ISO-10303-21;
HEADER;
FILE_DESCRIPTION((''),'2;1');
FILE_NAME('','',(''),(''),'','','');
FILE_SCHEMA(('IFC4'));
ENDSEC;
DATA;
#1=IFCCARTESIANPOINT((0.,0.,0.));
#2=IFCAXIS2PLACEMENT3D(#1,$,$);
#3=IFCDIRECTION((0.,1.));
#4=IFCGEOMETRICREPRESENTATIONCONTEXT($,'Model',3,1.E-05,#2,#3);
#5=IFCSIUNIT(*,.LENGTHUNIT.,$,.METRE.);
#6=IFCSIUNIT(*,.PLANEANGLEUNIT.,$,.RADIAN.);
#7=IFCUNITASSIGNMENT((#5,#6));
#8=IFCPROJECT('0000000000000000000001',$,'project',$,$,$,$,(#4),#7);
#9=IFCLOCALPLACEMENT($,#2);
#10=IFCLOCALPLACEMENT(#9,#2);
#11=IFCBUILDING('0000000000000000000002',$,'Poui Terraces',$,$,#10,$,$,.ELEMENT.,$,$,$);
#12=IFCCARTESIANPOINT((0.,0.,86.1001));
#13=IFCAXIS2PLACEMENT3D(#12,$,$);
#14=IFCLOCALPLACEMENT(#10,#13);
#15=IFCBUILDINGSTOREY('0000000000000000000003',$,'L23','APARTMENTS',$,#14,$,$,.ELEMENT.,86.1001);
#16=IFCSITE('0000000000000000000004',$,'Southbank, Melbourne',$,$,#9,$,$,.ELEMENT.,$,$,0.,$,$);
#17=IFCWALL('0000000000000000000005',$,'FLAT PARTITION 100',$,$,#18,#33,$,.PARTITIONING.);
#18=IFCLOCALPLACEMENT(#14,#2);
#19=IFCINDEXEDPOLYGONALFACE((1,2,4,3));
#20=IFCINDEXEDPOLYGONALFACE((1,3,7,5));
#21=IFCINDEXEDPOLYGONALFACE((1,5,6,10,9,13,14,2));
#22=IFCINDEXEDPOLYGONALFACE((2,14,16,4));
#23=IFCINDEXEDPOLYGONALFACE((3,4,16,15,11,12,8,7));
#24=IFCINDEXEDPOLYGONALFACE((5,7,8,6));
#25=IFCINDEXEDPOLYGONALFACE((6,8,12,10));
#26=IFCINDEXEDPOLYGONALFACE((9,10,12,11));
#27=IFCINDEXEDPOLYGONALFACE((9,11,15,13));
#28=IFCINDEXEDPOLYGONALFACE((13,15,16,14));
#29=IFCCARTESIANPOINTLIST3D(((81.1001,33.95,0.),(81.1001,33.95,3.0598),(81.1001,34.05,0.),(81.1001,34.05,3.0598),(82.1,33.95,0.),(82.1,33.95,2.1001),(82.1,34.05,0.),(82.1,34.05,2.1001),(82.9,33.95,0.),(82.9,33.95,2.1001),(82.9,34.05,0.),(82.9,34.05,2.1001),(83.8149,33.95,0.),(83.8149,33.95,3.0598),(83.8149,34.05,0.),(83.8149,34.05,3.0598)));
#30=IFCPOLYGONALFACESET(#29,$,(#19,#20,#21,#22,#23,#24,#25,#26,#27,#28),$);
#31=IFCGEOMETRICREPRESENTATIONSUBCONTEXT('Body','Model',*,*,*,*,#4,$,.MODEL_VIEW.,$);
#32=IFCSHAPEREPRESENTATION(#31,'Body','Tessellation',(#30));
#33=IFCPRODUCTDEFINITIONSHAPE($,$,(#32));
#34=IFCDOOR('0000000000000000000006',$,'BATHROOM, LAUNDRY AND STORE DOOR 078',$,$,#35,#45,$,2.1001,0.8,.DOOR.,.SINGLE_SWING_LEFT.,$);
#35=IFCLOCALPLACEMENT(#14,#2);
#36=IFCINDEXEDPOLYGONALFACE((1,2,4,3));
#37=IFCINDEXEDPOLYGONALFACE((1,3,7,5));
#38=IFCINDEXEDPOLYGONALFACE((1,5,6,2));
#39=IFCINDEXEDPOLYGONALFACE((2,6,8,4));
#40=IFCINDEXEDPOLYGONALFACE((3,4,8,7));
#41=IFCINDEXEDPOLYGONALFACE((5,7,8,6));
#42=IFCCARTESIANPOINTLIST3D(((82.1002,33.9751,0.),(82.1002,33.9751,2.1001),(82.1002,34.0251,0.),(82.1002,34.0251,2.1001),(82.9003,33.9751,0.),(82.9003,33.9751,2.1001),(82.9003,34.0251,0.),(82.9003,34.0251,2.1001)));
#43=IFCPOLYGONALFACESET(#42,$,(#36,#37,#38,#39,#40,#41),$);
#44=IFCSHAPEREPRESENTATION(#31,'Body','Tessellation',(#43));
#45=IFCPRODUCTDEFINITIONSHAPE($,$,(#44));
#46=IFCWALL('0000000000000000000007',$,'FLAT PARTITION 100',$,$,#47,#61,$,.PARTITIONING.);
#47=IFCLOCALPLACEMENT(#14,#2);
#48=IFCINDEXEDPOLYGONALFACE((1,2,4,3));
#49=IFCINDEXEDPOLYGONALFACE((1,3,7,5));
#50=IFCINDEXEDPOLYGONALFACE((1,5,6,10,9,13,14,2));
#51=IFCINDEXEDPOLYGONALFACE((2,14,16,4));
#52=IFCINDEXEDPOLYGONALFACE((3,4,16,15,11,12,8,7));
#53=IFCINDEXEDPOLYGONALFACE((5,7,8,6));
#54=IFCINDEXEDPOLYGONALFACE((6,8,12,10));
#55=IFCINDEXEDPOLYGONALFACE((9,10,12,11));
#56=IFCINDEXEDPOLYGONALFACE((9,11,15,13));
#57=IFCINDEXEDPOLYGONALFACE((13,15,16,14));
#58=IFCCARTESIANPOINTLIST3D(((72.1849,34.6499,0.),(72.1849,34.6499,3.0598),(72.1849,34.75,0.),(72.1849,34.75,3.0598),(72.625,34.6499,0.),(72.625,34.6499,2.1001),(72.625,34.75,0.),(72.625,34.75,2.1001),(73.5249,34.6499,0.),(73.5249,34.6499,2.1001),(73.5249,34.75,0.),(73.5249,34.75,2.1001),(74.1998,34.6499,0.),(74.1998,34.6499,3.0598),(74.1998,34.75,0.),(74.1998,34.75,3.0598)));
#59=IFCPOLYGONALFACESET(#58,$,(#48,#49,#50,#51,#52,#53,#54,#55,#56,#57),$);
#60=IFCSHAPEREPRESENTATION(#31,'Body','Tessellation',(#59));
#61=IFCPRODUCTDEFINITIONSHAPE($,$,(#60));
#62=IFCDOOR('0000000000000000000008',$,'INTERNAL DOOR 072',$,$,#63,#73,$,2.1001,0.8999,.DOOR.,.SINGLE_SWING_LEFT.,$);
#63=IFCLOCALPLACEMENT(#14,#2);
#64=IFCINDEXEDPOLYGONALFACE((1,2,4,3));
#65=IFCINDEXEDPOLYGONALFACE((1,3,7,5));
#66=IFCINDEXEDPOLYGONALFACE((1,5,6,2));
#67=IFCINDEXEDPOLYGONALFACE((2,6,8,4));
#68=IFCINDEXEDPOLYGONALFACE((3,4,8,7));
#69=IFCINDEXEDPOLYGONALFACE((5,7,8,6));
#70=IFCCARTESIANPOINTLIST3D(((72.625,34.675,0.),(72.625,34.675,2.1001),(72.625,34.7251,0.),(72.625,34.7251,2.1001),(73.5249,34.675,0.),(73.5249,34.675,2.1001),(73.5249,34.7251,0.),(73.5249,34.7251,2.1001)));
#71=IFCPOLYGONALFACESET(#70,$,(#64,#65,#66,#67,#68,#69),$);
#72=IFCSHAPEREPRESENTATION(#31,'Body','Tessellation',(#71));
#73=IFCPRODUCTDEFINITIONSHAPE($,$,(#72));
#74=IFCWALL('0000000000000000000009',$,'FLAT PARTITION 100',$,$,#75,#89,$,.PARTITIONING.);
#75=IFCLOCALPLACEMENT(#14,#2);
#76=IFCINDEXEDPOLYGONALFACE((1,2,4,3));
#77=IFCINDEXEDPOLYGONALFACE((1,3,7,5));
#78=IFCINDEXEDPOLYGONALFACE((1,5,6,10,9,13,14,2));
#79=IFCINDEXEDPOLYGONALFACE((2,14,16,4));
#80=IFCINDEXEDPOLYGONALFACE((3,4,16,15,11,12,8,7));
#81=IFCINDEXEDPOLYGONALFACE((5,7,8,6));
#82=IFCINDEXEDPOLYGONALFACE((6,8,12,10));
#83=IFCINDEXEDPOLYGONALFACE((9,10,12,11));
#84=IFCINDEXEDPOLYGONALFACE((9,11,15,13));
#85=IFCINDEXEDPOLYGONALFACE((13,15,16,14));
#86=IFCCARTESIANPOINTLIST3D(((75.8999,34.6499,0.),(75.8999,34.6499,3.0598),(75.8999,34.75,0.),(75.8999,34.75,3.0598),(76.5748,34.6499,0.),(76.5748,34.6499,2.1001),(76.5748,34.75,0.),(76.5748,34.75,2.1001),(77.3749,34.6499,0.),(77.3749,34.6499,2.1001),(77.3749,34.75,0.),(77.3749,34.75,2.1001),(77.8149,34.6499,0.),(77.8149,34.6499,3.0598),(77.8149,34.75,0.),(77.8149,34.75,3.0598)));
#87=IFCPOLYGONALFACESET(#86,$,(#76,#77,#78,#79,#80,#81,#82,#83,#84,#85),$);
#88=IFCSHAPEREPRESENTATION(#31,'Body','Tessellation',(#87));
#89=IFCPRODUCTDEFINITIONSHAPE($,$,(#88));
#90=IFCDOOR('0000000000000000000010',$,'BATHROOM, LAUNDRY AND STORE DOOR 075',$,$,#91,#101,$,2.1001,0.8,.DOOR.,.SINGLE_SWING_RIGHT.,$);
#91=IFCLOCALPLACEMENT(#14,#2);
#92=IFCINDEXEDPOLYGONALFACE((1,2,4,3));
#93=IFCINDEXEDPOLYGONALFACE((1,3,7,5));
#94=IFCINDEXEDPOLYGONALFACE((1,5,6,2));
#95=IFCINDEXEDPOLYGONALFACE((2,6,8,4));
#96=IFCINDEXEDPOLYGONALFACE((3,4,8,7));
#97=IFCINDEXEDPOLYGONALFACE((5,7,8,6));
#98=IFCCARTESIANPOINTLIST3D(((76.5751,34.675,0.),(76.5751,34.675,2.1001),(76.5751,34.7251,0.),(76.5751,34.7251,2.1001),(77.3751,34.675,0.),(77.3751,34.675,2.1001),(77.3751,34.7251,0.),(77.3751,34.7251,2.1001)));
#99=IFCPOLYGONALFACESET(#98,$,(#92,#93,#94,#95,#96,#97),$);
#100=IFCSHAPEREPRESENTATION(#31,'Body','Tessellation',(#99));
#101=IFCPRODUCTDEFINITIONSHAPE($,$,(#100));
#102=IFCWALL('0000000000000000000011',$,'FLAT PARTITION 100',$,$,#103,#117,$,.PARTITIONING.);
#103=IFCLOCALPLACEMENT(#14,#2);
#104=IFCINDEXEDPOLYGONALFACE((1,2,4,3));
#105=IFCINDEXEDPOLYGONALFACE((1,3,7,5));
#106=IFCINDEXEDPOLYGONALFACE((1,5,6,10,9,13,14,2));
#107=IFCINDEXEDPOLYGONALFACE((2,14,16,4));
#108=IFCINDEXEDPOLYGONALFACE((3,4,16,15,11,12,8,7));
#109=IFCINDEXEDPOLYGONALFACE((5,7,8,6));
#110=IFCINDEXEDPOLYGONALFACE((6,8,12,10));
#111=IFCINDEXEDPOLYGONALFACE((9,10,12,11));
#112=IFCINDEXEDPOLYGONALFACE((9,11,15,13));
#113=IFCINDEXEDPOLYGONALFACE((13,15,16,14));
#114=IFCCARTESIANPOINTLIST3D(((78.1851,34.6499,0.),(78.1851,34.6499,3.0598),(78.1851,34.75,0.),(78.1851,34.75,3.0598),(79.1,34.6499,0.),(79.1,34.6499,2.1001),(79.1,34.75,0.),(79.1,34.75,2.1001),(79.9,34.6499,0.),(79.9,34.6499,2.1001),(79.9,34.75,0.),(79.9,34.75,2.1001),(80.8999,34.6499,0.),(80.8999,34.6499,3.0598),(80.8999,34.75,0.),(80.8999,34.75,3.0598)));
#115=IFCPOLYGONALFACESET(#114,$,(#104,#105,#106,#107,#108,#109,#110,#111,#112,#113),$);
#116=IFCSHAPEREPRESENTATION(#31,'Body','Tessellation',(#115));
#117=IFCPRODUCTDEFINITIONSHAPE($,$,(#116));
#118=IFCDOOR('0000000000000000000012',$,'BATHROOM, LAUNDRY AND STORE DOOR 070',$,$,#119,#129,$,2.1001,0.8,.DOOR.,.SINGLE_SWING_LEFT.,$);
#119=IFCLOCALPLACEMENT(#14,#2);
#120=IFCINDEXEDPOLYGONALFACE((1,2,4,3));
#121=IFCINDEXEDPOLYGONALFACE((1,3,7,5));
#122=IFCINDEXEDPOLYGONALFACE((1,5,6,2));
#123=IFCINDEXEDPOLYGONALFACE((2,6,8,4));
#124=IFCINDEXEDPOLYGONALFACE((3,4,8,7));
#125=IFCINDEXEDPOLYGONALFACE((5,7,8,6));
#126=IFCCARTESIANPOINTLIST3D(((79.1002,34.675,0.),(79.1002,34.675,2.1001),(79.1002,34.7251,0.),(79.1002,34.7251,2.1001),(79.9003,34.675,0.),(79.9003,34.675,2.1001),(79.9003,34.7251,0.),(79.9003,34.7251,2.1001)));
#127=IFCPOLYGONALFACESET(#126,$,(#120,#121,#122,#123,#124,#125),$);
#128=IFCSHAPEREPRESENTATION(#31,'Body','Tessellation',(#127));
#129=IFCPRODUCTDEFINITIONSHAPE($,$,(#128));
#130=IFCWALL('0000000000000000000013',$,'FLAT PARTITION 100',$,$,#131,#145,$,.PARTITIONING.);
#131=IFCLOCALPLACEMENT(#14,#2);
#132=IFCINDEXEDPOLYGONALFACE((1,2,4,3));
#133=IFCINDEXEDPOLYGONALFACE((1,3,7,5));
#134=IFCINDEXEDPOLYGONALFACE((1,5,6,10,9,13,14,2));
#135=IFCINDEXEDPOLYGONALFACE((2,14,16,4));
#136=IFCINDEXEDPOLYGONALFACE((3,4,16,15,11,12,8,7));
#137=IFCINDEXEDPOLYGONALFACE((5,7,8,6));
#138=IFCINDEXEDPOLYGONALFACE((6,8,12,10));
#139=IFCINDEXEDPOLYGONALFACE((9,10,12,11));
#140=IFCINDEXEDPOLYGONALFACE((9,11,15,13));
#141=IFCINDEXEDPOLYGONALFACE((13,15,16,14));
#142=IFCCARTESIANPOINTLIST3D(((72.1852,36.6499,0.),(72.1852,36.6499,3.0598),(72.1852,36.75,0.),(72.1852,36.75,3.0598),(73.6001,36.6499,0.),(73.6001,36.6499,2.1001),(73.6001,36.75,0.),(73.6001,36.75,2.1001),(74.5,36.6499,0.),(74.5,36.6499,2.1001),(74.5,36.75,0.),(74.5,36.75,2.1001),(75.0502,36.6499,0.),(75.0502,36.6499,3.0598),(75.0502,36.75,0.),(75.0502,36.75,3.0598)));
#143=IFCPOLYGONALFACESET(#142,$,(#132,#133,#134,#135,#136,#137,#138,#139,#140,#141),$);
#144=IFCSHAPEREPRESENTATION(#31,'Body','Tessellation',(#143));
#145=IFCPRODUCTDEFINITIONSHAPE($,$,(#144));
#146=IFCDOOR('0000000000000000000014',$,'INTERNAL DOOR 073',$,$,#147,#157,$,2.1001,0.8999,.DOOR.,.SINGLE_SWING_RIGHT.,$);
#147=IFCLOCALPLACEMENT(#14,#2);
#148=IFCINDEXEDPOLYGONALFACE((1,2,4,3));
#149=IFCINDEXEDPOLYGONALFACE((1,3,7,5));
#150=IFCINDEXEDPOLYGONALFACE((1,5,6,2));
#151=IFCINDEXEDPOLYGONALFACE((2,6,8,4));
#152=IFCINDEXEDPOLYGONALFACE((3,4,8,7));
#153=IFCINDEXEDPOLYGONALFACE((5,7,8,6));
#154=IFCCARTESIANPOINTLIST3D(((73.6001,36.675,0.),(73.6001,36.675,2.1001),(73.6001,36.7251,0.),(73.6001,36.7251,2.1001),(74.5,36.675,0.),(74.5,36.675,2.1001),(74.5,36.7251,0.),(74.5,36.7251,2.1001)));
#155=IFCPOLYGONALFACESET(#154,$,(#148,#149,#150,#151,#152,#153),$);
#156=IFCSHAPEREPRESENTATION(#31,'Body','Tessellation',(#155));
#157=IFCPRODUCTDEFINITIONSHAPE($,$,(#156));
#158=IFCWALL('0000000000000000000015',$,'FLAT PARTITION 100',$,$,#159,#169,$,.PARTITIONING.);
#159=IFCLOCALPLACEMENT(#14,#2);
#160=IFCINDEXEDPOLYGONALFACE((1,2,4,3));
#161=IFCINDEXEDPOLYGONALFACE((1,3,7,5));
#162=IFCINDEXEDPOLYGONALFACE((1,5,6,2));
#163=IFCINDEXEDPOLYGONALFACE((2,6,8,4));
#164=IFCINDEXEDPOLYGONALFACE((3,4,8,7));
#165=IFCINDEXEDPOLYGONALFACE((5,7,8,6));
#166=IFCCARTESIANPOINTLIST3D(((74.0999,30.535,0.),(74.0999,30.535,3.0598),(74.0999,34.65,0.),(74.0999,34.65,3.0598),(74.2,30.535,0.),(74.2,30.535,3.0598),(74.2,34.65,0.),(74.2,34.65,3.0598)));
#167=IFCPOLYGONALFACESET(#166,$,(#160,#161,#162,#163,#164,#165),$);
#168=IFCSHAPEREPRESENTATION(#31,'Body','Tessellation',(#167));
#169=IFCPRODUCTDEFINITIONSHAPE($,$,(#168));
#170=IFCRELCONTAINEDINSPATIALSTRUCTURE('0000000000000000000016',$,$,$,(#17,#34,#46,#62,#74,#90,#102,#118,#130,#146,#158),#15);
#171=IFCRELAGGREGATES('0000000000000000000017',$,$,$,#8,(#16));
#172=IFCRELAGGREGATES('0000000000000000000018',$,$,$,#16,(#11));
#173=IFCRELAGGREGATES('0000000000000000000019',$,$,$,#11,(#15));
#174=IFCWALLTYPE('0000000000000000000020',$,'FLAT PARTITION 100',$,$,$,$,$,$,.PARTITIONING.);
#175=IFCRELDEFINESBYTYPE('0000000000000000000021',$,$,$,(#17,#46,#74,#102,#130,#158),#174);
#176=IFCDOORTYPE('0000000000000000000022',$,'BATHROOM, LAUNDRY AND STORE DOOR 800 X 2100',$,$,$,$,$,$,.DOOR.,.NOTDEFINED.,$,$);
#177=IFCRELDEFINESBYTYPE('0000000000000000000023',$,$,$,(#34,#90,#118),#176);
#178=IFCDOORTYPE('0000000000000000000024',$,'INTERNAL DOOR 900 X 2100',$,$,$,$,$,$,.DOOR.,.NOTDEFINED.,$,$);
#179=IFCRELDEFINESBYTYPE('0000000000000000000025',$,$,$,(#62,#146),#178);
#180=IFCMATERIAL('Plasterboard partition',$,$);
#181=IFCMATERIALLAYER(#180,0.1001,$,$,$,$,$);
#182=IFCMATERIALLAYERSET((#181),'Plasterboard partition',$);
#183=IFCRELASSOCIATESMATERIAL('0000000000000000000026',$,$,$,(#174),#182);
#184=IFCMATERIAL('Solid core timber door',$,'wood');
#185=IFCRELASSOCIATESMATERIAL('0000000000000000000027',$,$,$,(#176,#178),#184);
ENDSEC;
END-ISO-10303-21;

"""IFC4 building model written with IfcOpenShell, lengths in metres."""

from ifc_helpers import new_model, si_unit, direction, frame, frame_2d, origin, place, context, subcontext, project, spatial, rectangle, extrude, material, layer, layer_set, type_object, element, fill, save


model = new_model("IFC4")

# Units and contexts
model_context = context("Model", 3, precision=1e-05, world=origin(), true_north=direction((0.0, 1.0)))
body_context = subcontext(model_context, "Body", "Model", "MODEL_VIEW")
ifc_project = project(units=[si_unit("LENGTHUNIT", "METRE"), si_unit("PLANEANGLEUNIT", "RADIAN")], contexts=[model_context])

# Site, building, storey
site_placement = place(None, origin())
site = spatial("IfcSite", under=ifc_project, at=site_placement, Name="Southbank, Melbourne", CompositionType="ELEMENT", RefElevation=0.0)
building_placement = place(site_placement, origin())
building = spatial("IfcBuilding", under=site, at=building_placement, Name="Poui Terraces", CompositionType="ELEMENT")
storey_placement = place(building_placement, frame((0.0, 0.0, 86.1001)))
storey = spatial("IfcBuildingStorey", under=building, at=storey_placement, Name="L23", Description="APARTMENTS", CompositionType="ELEMENT", Elevation=86.1001)

# Walls, openings, doors
ifc_material_1 = material(Name="Plasterboard partition")
ifc_layer_1 = layer(ifc_material_1, 0.1001)
ifc_layer_set_1 = layer_set([ifc_layer_1], Name="Plasterboard partition")
wall_type_1 = type_object("IfcWallType", Name="FLAT PARTITION 100", PredefinedType="PARTITIONING", material=ifc_layer_set_1)
wall_1_placement = place(storey_placement, frame((81.1001, 34.0, 0.0), z_axis=(0.0, 0.0, 1.0), x_axis=(1.0, 0.0, 0.0)))
wall_1 = element("IfcWall", 1, at=wall_1_placement, inside=storey, type_object=wall_type_1, Name="FLAT PARTITION 100", PredefinedType="PARTITIONING", context=body_context, shape_type="SweptSolid", body=[
    extrude(rectangle(XDim=2.7148, YDim=0.1001, at=frame_2d((1.3574, 0.0))), origin(), (0.0, 0.0, 1.0), 3.0598),
])
opening_1_placement = place(wall_1_placement, frame((1.0, 0.0, 0.0)))
opening_1 = element("IfcOpeningElement", 2, at=opening_1_placement, cuts=wall_1, PredefinedType="OPENING", context=body_context, shape_type="SweptSolid", body=[
    extrude(rectangle(XDim=0.8, YDim=2.1001, at=frame_2d((0.3999, 1.05))), frame((0.0, 0.0601, 0.0), z_axis=(0.0, -1.0, 0.0), x_axis=(1.0, 0.0, 0.0)), (0.0, 0.0, 1.0), 0.1201),
])
ifc_material_2 = material(Name="Solid core timber door", Category="wood")
door_type_1 = type_object("IfcDoorType", Name="BATHROOM, LAUNDRY AND STORE DOOR 800 X 2100", OperationType="NOTDEFINED", PredefinedType="DOOR", material=ifc_material_2)
door_1_placement = place(opening_1_placement, frame((0.8, 0.0, 0.0), z_axis=(0.0, 0.0, 1.0), x_axis=(-1.0, 0.0, 0.0)))
door_1 = element("IfcDoor", 3, at=door_1_placement, inside=storey, type_object=door_type_1, Name="BATHROOM, LAUNDRY AND STORE DOOR 078", OperationType="SINGLE_SWING_LEFT", OverallHeight=2.1001, OverallWidth=0.8, PredefinedType="DOOR", context=body_context, shape_type="SweptSolid", body=[
    extrude(rectangle(XDim=0.8, YDim=2.1001, at=frame_2d((0.3999, 1.05))), frame((0.0, 0.0249, 0.0), z_axis=(0.0, -1.0, 0.0), x_axis=(1.0, 0.0, 0.0)), (0.0, 0.0, 1.0), 0.05),
])
fill(opening_1, door_1)
wall_2_placement = place(storey_placement, frame((72.1851, 34.7, 0.0), z_axis=(0.0, 0.0, 1.0), x_axis=(1.0, 0.0, 0.0)))
wall_2 = element("IfcWall", 4, at=wall_2_placement, inside=storey, type_object=wall_type_1, Name="FLAT PARTITION 100", PredefinedType="PARTITIONING", context=body_context, shape_type="SweptSolid", body=[
    extrude(rectangle(XDim=2.0149, YDim=0.1001, at=frame_2d((1.0073, 0.0))), origin(), (0.0, 0.0, 1.0), 3.0598),
])
opening_2_placement = place(wall_2_placement, frame((0.4399, 0.0, 0.0)))
opening_2 = element("IfcOpeningElement", 5, at=opening_2_placement, cuts=wall_2, PredefinedType="OPENING", context=body_context, shape_type="SweptSolid", body=[
    extrude(rectangle(XDim=0.8999, YDim=2.1001, at=frame_2d((0.45, 1.05))), frame((0.0, 0.0601, 0.0), z_axis=(0.0, -1.0, 0.0), x_axis=(1.0, 0.0, 0.0)), (0.0, 0.0, 1.0), 0.1201),
])
door_type_2 = type_object("IfcDoorType", Name="INTERNAL DOOR 900 X 2100", OperationType="NOTDEFINED", PredefinedType="DOOR", material=ifc_material_2)
door_2_placement = place(opening_2_placement, frame((0.8999, 0.0, 0.0), z_axis=(0.0, 0.0, 1.0), x_axis=(-1.0, 0.0, 0.0)))
door_2 = element("IfcDoor", 6, at=door_2_placement, inside=storey, type_object=door_type_2, Name="INTERNAL DOOR 072", OperationType="SINGLE_SWING_LEFT", OverallHeight=2.1001, OverallWidth=0.8999, PredefinedType="DOOR", context=body_context, shape_type="SweptSolid", body=[
    extrude(rectangle(XDim=0.8999, YDim=2.1001, at=frame_2d((0.45, 1.05))), frame((0.0, 0.0249, 0.0), z_axis=(0.0, -1.0, 0.0), x_axis=(1.0, 0.0, 0.0)), (0.0, 0.0, 1.0), 0.05),
])
fill(opening_2, door_2)
wall_3_placement = place(storey_placement, frame((75.8999, 34.7, 0.0), z_axis=(0.0, 0.0, 1.0), x_axis=(1.0, 0.0, 0.0)))
wall_3 = element("IfcWall", 7, at=wall_3_placement, inside=storey, type_object=wall_type_1, Name="FLAT PARTITION 100", PredefinedType="PARTITIONING", context=body_context, shape_type="SweptSolid", body=[
    extrude(rectangle(XDim=1.915, YDim=0.1001, at=frame_2d((0.9575, 0.0))), origin(), (0.0, 0.0, 1.0), 3.0598),
])
opening_3_placement = place(wall_3_placement, frame((0.675, 0.0, 0.0)))
opening_3 = element("IfcOpeningElement", 8, at=opening_3_placement, cuts=wall_3, PredefinedType="OPENING", context=body_context, shape_type="SweptSolid", body=[
    extrude(rectangle(XDim=0.8, YDim=2.1001, at=frame_2d((0.3999, 1.05))), frame((0.0, 0.0601, 0.0), z_axis=(0.0, -1.0, 0.0), x_axis=(1.0, 0.0, 0.0)), (0.0, 0.0, 1.0), 0.1201),
])
door_3_placement = place(opening_3_placement, frame((0.8, 0.0, 0.0), z_axis=(0.0, 0.0, 1.0), x_axis=(-1.0, 0.0, 0.0)))
door_3 = element("IfcDoor", 9, at=door_3_placement, inside=storey, type_object=door_type_1, Name="BATHROOM, LAUNDRY AND STORE DOOR 075", OperationType="SINGLE_SWING_RIGHT", OverallHeight=2.1001, OverallWidth=0.8, PredefinedType="DOOR", context=body_context, shape_type="SweptSolid", body=[
    extrude(rectangle(XDim=0.8, YDim=2.1001, at=frame_2d((0.3999, 1.05))), frame((0.0, 0.0249, 0.0), z_axis=(0.0, -1.0, 0.0), x_axis=(1.0, 0.0, 0.0)), (0.0, 0.0, 1.0), 0.05),
])
fill(opening_3, door_3)
wall_4_placement = place(storey_placement, frame((78.1851, 34.7, 0.0), z_axis=(0.0, 0.0, 1.0), x_axis=(1.0, 0.0, 0.0)))
wall_4 = element("IfcWall", 10, at=wall_4_placement, inside=storey, type_object=wall_type_1, Name="FLAT PARTITION 100", PredefinedType="PARTITIONING", context=body_context, shape_type="SweptSolid", body=[
    extrude(rectangle(XDim=2.7148, YDim=0.1001, at=frame_2d((1.3574, 0.0))), origin(), (0.0, 0.0, 1.0), 3.0598),
])
opening_4_placement = place(wall_4_placement, frame((0.915, 0.0, 0.0)))
opening_4 = element("IfcOpeningElement", 11, at=opening_4_placement, cuts=wall_4, PredefinedType="OPENING", context=body_context, shape_type="SweptSolid", body=[
    extrude(rectangle(XDim=0.8, YDim=2.1001, at=frame_2d((0.3999, 1.05))), frame((0.0, 0.0601, 0.0), z_axis=(0.0, -1.0, 0.0), x_axis=(1.0, 0.0, 0.0)), (0.0, 0.0, 1.0), 0.1201),
])
door_4_placement = place(opening_4_placement, frame((0.8, 0.0, 0.0), z_axis=(0.0, 0.0, 1.0), x_axis=(-1.0, 0.0, 0.0)))
door_4 = element("IfcDoor", 12, at=door_4_placement, inside=storey, type_object=door_type_1, Name="BATHROOM, LAUNDRY AND STORE DOOR 070", OperationType="SINGLE_SWING_LEFT", OverallHeight=2.1001, OverallWidth=0.8, PredefinedType="DOOR", context=body_context, shape_type="SweptSolid", body=[
    extrude(rectangle(XDim=0.8, YDim=2.1001, at=frame_2d((0.3999, 1.05))), frame((0.0, 0.0249, 0.0), z_axis=(0.0, -1.0, 0.0), x_axis=(1.0, 0.0, 0.0)), (0.0, 0.0, 1.0), 0.05),
])
fill(opening_4, door_4)
wall_5_placement = place(storey_placement, frame((72.1851, 36.7, 0.0), z_axis=(0.0, 0.0, 1.0), x_axis=(1.0, 0.0, 0.0)))
wall_5 = element("IfcWall", 13, at=wall_5_placement, inside=storey, type_object=wall_type_1, Name="FLAT PARTITION 100", PredefinedType="PARTITIONING", context=body_context, shape_type="SweptSolid", body=[
    extrude(rectangle(XDim=2.865, YDim=0.1001, at=frame_2d((1.4326, 0.0))), origin(), (0.0, 0.0, 1.0), 3.0598),
])
opening_5_placement = place(wall_5_placement, frame((1.415, 0.0, 0.0)))
opening_5 = element("IfcOpeningElement", 14, at=opening_5_placement, cuts=wall_5, PredefinedType="OPENING", context=body_context, shape_type="SweptSolid", body=[
    extrude(rectangle(XDim=0.8999, YDim=2.1001, at=frame_2d((0.45, 1.05))), frame((0.0, 0.0601, 0.0), z_axis=(0.0, -1.0, 0.0), x_axis=(1.0, 0.0, 0.0)), (0.0, 0.0, 1.0), 0.1201),
])
door_5_placement = place(opening_5_placement, frame((0.8999, 0.0, 0.0), z_axis=(0.0, 0.0, 1.0), x_axis=(-1.0, 0.0, 0.0)))
door_5 = element("IfcDoor", 15, at=door_5_placement, inside=storey, type_object=door_type_2, Name="INTERNAL DOOR 073", OperationType="SINGLE_SWING_RIGHT", OverallHeight=2.1001, OverallWidth=0.8999, PredefinedType="DOOR", context=body_context, shape_type="SweptSolid", body=[
    extrude(rectangle(XDim=0.8999, YDim=2.1001, at=frame_2d((0.45, 1.05))), frame((0.0, 0.0249, 0.0), z_axis=(0.0, -1.0, 0.0), x_axis=(1.0, 0.0, 0.0)), (0.0, 0.0, 1.0), 0.05),
])
fill(opening_5, door_5)

# Wall
wall_6_placement = place(storey_placement, frame((74.1499, 30.5349, 0.0), z_axis=(0.0, 0.0, 1.0), x_axis=(0.0, 1.0, 0.0)))
element("IfcWall", 16, at=wall_6_placement, inside=storey, type_object=wall_type_1, Name="FLAT PARTITION 100", PredefinedType="PARTITIONING", context=body_context, shape_type="SweptSolid", body=[
    extrude(rectangle(XDim=4.115, YDim=0.1001, at=frame_2d((2.0576, 0.0))), origin(), (0.0, 0.0, 1.0), 3.0598),
])

save(model, "model.ifc")
